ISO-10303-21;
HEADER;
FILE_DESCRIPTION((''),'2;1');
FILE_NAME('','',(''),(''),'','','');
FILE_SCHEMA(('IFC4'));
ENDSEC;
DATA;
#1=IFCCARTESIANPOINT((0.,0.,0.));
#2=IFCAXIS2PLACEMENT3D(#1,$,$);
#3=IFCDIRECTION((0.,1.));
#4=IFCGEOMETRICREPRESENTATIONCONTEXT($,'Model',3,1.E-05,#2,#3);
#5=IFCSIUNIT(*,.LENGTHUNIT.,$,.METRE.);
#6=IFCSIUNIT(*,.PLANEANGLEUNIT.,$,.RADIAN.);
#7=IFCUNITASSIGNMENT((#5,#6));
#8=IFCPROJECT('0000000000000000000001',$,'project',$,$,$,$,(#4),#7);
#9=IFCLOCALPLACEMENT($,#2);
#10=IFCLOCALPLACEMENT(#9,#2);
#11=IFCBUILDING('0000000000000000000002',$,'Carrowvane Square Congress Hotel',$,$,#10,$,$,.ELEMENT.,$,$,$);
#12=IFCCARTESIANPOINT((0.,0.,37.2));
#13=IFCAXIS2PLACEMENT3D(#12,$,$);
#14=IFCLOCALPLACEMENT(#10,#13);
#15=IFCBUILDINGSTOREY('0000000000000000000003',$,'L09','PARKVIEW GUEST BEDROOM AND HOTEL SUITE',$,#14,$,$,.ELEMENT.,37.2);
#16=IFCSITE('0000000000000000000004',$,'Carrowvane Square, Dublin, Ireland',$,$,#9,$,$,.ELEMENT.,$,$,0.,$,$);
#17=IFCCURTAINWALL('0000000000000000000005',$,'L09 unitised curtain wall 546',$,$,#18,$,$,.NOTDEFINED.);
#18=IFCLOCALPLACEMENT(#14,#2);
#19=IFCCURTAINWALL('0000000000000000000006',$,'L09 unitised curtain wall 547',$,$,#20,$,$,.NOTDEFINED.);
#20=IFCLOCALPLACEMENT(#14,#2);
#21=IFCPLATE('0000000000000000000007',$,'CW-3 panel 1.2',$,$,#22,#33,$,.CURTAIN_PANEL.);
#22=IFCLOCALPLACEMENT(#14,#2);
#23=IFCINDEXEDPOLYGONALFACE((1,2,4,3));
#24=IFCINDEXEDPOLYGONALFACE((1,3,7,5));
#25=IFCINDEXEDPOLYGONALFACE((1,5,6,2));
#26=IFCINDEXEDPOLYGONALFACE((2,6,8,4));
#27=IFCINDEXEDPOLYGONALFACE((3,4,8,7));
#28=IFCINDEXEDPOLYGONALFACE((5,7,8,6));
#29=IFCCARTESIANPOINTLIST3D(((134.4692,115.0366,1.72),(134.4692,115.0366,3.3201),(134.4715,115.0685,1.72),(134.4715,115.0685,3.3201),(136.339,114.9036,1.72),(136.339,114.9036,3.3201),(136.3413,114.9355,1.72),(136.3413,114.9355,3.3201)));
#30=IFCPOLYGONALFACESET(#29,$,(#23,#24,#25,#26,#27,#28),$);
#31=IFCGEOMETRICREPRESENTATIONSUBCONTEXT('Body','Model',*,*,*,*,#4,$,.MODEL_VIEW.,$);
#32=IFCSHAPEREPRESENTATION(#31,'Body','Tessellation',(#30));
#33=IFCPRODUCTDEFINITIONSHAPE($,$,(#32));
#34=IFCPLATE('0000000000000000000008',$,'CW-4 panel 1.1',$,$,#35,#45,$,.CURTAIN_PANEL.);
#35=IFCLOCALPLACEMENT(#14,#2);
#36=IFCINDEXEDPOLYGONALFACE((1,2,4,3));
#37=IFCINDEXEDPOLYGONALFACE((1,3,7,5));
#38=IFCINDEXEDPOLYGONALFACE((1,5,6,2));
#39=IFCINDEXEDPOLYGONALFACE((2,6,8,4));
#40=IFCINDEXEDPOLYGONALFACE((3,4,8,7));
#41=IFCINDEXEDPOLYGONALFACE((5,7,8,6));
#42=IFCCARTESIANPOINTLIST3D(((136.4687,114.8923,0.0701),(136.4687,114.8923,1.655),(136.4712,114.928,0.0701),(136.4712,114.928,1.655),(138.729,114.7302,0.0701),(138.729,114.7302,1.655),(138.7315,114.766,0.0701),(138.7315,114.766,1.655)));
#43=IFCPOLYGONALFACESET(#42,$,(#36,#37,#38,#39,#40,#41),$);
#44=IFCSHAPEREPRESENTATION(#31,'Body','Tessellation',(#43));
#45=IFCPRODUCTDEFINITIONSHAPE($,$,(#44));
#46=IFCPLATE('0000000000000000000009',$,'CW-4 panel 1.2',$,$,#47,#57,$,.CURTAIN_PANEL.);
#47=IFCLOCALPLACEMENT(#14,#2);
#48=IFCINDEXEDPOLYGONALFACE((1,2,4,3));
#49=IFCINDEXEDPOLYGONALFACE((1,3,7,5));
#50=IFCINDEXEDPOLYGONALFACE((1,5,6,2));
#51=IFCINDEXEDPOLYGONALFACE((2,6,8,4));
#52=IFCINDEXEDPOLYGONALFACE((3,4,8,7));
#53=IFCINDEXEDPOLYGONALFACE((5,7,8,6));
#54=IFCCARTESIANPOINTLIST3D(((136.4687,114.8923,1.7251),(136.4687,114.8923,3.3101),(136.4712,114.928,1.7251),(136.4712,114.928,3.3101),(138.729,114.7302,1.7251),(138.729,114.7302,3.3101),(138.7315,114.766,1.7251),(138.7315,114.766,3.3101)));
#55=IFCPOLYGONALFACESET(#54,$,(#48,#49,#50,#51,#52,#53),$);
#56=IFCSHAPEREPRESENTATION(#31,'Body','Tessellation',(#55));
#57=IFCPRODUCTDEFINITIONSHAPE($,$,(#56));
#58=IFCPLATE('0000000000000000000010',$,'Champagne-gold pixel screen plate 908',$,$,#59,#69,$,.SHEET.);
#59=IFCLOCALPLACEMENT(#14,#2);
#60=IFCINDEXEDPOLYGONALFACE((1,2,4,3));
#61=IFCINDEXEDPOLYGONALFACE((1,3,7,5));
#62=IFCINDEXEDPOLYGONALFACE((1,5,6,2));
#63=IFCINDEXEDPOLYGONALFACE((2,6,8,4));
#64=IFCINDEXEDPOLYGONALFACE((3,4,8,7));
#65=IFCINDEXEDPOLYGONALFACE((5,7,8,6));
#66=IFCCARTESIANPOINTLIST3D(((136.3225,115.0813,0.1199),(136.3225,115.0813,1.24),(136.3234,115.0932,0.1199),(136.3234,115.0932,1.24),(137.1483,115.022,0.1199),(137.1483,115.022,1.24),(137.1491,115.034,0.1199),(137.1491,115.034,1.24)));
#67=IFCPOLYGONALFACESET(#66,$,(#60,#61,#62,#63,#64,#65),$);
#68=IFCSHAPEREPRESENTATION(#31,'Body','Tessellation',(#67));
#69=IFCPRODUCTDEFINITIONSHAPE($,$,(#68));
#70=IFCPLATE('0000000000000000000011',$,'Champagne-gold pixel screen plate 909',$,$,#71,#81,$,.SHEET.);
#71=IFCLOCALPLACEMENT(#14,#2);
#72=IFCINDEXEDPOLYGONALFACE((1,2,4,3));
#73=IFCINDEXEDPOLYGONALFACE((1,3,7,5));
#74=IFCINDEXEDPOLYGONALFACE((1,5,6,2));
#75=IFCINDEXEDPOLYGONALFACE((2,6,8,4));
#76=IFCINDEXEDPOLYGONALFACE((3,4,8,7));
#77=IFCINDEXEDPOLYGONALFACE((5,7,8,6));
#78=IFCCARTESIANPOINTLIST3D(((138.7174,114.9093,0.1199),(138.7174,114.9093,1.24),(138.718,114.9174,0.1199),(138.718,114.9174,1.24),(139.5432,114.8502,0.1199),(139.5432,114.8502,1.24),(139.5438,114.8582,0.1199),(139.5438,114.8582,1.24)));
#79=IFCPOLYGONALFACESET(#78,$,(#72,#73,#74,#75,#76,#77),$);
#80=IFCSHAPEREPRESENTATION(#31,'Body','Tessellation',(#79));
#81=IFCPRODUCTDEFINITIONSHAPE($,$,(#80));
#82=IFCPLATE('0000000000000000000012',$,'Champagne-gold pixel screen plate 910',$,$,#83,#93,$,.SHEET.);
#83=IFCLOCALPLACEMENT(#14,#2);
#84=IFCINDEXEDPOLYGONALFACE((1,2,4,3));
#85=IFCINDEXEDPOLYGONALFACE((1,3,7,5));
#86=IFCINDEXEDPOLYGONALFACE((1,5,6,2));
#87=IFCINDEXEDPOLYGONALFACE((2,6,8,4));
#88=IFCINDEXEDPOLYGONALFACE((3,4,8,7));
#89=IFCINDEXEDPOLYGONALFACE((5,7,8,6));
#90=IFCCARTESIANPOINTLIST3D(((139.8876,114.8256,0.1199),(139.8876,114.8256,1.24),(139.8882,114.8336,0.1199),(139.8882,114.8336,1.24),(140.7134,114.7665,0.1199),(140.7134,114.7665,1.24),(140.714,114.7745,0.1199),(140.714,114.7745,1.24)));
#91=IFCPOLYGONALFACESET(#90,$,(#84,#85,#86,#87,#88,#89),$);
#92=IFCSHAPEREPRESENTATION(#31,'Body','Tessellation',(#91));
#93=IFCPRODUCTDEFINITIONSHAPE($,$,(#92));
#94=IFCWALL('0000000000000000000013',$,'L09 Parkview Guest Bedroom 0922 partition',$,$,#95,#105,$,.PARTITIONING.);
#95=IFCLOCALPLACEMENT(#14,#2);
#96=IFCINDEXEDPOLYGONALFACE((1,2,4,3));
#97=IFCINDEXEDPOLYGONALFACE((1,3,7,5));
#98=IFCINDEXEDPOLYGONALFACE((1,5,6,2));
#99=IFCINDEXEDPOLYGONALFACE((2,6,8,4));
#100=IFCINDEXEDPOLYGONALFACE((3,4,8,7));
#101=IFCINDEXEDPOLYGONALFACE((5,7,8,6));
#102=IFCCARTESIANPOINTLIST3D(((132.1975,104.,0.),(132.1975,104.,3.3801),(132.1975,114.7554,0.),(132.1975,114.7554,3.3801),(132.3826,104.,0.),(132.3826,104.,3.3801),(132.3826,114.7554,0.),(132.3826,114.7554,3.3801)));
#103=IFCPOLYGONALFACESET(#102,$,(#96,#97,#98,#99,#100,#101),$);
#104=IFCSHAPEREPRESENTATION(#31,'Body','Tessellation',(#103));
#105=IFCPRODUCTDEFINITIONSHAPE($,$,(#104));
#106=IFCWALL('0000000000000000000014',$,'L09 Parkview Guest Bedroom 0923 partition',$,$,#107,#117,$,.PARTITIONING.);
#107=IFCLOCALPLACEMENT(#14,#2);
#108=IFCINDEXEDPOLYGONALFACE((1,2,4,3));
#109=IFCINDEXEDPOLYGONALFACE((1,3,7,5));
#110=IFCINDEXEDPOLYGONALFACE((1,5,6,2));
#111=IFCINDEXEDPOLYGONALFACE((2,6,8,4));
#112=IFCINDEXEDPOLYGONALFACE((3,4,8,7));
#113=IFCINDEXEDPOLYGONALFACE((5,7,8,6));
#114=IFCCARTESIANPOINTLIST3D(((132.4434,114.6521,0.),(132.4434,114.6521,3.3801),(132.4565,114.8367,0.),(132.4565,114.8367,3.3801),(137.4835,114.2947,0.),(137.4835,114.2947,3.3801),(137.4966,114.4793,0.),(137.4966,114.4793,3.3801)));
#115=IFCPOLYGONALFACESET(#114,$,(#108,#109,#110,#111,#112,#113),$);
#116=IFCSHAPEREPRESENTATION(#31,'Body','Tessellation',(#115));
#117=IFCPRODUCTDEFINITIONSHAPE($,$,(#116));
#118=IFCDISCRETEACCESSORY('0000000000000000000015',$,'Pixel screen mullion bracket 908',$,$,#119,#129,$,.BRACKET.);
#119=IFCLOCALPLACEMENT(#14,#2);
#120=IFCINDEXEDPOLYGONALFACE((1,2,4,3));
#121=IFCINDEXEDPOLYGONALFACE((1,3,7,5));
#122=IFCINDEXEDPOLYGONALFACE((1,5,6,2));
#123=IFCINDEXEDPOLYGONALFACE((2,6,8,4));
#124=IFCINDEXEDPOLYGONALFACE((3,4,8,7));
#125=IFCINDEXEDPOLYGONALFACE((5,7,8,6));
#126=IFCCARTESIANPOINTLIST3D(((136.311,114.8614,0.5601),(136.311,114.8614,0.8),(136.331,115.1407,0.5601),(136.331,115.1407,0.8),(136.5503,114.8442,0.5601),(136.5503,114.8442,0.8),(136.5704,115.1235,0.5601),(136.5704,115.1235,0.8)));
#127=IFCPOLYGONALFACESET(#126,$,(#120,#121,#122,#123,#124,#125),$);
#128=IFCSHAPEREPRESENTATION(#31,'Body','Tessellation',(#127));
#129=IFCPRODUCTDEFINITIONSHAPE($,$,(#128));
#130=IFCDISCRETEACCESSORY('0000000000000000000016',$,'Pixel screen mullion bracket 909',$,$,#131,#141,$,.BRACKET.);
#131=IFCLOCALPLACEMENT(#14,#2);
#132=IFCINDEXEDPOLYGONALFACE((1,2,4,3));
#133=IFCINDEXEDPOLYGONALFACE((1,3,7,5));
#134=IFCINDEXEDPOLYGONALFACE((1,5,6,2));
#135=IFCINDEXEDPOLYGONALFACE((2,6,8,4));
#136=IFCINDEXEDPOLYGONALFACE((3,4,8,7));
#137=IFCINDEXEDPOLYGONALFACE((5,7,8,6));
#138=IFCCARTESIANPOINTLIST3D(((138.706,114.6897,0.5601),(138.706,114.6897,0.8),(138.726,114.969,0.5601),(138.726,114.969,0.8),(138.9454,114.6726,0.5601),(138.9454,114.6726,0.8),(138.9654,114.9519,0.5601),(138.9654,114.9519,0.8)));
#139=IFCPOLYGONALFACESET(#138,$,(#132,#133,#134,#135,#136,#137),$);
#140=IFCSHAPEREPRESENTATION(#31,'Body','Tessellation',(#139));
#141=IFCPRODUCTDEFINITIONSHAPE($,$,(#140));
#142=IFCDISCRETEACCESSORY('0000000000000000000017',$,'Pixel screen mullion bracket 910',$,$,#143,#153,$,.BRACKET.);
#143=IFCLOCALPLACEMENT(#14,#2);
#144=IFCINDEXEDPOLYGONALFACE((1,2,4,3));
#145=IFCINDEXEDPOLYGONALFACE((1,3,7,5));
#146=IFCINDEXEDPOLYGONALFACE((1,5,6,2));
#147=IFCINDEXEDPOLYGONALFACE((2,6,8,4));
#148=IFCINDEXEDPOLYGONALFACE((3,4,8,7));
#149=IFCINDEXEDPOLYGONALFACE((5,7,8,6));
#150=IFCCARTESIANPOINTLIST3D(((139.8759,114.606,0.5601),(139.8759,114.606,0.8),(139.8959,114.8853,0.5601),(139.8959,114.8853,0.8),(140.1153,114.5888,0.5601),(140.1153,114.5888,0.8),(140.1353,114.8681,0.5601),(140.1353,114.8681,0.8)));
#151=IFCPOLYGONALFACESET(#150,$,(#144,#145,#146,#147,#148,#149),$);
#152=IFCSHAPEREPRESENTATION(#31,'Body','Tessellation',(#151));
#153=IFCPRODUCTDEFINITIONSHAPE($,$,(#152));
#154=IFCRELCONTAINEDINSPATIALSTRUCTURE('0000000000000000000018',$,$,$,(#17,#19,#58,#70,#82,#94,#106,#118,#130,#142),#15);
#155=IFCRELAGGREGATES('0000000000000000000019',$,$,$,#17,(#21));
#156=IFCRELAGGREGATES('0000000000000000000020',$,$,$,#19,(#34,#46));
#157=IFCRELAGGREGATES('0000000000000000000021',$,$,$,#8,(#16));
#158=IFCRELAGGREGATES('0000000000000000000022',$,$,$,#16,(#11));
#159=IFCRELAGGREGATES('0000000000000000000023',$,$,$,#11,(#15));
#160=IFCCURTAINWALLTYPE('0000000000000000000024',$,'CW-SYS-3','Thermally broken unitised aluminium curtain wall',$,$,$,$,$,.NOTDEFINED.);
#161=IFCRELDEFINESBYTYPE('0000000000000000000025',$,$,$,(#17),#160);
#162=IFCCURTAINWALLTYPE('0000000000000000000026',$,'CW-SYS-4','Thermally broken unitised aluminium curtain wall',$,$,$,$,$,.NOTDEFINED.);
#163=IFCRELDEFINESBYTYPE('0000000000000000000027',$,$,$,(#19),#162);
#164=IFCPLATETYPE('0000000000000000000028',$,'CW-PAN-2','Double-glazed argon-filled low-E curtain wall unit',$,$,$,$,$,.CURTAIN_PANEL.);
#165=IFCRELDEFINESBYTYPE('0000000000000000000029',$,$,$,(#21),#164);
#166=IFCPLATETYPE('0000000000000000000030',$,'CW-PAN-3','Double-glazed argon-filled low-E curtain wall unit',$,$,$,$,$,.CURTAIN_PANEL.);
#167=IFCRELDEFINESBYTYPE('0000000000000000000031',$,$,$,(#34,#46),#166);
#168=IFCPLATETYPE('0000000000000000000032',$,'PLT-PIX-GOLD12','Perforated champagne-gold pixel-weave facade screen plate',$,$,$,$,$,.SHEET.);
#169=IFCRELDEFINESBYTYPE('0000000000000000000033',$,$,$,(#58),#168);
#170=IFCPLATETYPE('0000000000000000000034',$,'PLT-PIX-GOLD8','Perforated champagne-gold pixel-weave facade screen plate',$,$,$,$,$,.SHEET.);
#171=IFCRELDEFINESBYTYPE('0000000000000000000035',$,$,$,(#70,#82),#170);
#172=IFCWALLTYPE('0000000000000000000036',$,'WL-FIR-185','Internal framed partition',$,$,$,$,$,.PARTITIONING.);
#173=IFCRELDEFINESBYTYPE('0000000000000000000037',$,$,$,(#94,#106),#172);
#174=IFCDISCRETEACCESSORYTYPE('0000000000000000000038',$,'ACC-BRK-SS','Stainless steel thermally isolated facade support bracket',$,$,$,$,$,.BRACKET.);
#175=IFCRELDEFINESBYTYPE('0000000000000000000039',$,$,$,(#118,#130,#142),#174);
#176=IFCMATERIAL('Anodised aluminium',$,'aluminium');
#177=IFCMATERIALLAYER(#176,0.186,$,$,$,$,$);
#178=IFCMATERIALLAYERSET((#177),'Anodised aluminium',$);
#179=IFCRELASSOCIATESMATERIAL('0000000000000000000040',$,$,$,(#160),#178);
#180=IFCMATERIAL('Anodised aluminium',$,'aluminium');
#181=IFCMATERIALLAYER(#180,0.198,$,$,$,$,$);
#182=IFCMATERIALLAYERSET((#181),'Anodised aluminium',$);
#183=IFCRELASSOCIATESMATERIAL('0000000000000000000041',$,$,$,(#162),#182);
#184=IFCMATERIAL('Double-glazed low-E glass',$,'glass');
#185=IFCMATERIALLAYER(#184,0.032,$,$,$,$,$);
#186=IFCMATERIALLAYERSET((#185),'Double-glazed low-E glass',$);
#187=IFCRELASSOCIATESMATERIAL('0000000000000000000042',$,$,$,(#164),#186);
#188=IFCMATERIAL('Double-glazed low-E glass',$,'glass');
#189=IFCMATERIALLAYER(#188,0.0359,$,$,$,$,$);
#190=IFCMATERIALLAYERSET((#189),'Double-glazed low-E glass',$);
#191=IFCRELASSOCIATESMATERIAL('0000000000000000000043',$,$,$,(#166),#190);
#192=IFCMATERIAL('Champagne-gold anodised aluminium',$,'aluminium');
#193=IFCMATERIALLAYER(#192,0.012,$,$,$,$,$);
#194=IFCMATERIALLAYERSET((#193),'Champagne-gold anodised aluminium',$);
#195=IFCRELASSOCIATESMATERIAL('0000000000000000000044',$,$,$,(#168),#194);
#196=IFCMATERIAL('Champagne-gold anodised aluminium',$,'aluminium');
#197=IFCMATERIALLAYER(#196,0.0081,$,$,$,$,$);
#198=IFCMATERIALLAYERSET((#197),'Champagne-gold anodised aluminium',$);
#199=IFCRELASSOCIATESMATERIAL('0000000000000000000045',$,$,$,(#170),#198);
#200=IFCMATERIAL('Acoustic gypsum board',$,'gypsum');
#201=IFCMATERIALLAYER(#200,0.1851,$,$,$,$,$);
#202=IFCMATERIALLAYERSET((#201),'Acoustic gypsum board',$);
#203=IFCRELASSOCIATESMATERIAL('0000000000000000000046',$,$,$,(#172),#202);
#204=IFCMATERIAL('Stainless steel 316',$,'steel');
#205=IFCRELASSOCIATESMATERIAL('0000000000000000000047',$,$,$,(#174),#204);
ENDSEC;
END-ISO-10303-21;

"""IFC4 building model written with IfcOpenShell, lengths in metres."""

from ifc_helpers import new_model, si_unit, direction, frame, frame_2d, origin, origin_2d, place, context, subcontext, project, spatial, rectangle, extrude, material, layer, layer_set, type_object, element, aggregate, save


model = new_model("IFC4")

# Units and contexts
model_context = context("Model", 3, precision=1e-05, world=origin(), true_north=direction((0.0, 1.0)))
body_context = subcontext(model_context, "Body", "Model", "MODEL_VIEW")
ifc_project = project(units=[si_unit("LENGTHUNIT", "METRE"), si_unit("PLANEANGLEUNIT", "RADIAN")], contexts=[model_context])

# Site, building, storey
site_placement = place(None, origin())
site = spatial("IfcSite", under=ifc_project, at=site_placement, Name="Carrowvane Square, Dublin, Ireland", CompositionType="ELEMENT", RefElevation=0.0)
building_placement = place(site_placement, origin())
building = spatial("IfcBuilding", under=site, at=building_placement, Name="Carrowvane Square Congress Hotel", CompositionType="ELEMENT")
storey_placement = place(building_placement, frame((0.0, 0.0, 37.2)))
storey = spatial("IfcBuildingStorey", under=building, at=storey_placement, Name="L09", Description="PARKVIEW GUEST BEDROOM AND HOTEL SUITE", CompositionType="ELEMENT", Elevation=37.2)

# Curtain wall
ifc_material_1 = material(Name="Anodised aluminium", Category="aluminium")
ifc_layer_1 = layer(ifc_material_1, 0.186)
ifc_layer_set_1 = layer_set([ifc_layer_1], Name="Anodised aluminium")
curtain_wall_type_1 = type_object("IfcCurtainWallType", Name="CW-SYS-3", Description="Thermally broken unitised aluminium curtain wall", PredefinedType="NOTDEFINED", material=ifc_layer_set_1)
curtain_wall_1_placement = place(storey_placement, origin())
curtain_wall_1 = element("IfcCurtainWall", 1, at=curtain_wall_1_placement, inside=storey, type_object=curtain_wall_type_1, Name="L09 unitised curtain wall 546", PredefinedType="NOTDEFINED")

# Curtain wall
ifc_material_2 = material(Name="Anodised aluminium", Category="aluminium")
ifc_layer_2 = layer(ifc_material_2, 0.198)
ifc_layer_set_2 = layer_set([ifc_layer_2], Name="Anodised aluminium")
curtain_wall_type_2 = type_object("IfcCurtainWallType", Name="CW-SYS-4", Description="Thermally broken unitised aluminium curtain wall", PredefinedType="NOTDEFINED", material=ifc_layer_set_2)
curtain_wall_2_placement = place(storey_placement, origin())
curtain_wall_2 = element("IfcCurtainWall", 2, at=curtain_wall_2_placement, inside=storey, type_object=curtain_wall_type_2, Name="L09 unitised curtain wall 547", PredefinedType="NOTDEFINED")

# Plates
ifc_material_3 = material(Name="Double-glazed low-E glass", Category="glass")
ifc_layer_3 = layer(ifc_material_3, 0.032)
ifc_layer_set_3 = layer_set([ifc_layer_3], Name="Double-glazed low-E glass")
plate_type_1 = type_object("IfcPlateType", Name="CW-PAN-2", Description="Double-glazed argon-filled low-E curtain wall unit", PredefinedType="CURTAIN_PANEL", material=ifc_layer_set_3)
plate_1_placement = place(storey_placement, frame((135.4053, 114.9861, 1.72), z_axis=(0.0, 0.0, 1.0), x_axis=(0.997479, -0.07096, 0.0)))
plate_1 = element("IfcPlate", 3, at=plate_1_placement, type_object=plate_type_1, Name="CW-3 panel 1.2", PredefinedType="CURTAIN_PANEL", context=body_context, shape_type="SweptSolid", body=[
    extrude(rectangle(XDim=1.8745, YDim=0.032, at=origin_2d()), origin(), (0.0, 0.0, 1.0), 1.6001),
])
aggregate(curtain_wall_1, [plate_1])
ifc_material_4 = material(Name="Double-glazed low-E glass", Category="glass")
ifc_layer_4 = layer(ifc_material_4, 0.0359)
ifc_layer_set_4 = layer_set([ifc_layer_4], Name="Double-glazed low-E glass")
plate_type_2 = type_object("IfcPlateType", Name="CW-PAN-3", Description="Double-glazed argon-filled low-E curtain wall unit", PredefinedType="CURTAIN_PANEL", material=ifc_layer_set_4)
plate_2_placement = place(storey_placement, frame((137.6001, 114.8291, 0.0701), z_axis=(0.0, 0.0, 1.0), x_axis=(0.997438, -0.071532, 0.0)))
plate_2 = element("IfcPlate", 4, at=plate_2_placement, type_object=plate_type_2, Name="CW-4 panel 1.1", PredefinedType="CURTAIN_PANEL", context=body_context, shape_type="SweptSolid", body=[
    extrude(rectangle(XDim=2.2661, YDim=0.0359, at=origin_2d()), origin(), (0.0, 0.0, 1.0), 1.585),
])
plate_3_placement = place(storey_placement, frame((137.6001, 114.8291, 1.7251), z_axis=(0.0, 0.0, 1.0), x_axis=(0.997438, -0.071532, 0.0)))
plate_3 = element("IfcPlate", 5, at=plate_3_placement, type_object=plate_type_2, Name="CW-4 panel 1.2", PredefinedType="CURTAIN_PANEL", context=body_context, shape_type="SweptSolid", body=[
    extrude(rectangle(XDim=2.2661, YDim=0.0359, at=origin_2d()), origin(), (0.0, 0.0, 1.0), 1.585),
])
aggregate(curtain_wall_2, [plate_2, plate_3])

# Plates
ifc_material_5 = material(Name="Champagne-gold anodised aluminium", Category="aluminium")
ifc_layer_5 = layer(ifc_material_5, 0.012)
ifc_layer_set_5 = layer_set([ifc_layer_5], Name="Champagne-gold anodised aluminium")
plate_type_3 = type_object("IfcPlateType", Name="PLT-PIX-GOLD12", Description="Perforated champagne-gold pixel-weave facade screen plate", PredefinedType="SHEET", material=ifc_layer_set_5)
plate_4_placement = place(storey_placement, frame((136.7358, 115.0576, 0.1199), z_axis=(0.0, 0.0, 1.0), x_axis=(0.997438, -0.071533, 0.0)))
element("IfcPlate", 6, at=plate_4_placement, inside=storey, type_object=plate_type_3, Name="Champagne-gold pixel screen plate 908", PredefinedType="SHEET", context=body_context, shape_type="SweptSolid", body=[
    extrude(rectangle(XDim=0.8279, YDim=0.012, at=origin_2d()), origin(), (0.0, 0.0, 1.0), 1.1201),
])
ifc_material_6 = material(Name="Champagne-gold anodised aluminium", Category="aluminium")
ifc_layer_6 = layer(ifc_material_6, 0.0081)
ifc_layer_set_6 = layer_set([ifc_layer_6], Name="Champagne-gold anodised aluminium")
plate_type_4 = type_object("IfcPlateType", Name="PLT-PIX-GOLD8", Description="Perforated champagne-gold pixel-weave facade screen plate", PredefinedType="SHEET", material=ifc_layer_set_6)
for number, where, z_axis, x_axis, name in (
    (7, (139.1306, 114.8838, 0.1199), (0.0, 0.0, 1.0), (0.997446, -0.07142, 0.0), "Champagne-gold pixel screen plate 909"),
    (8, (140.3008, 114.8, 0.1199), (0.0, 0.0, 1.0), (0.997446, -0.07142, 0.0), "Champagne-gold pixel screen plate 910"),
):
    element("IfcPlate", number, at=place(storey_placement, frame(where, z_axis=z_axis, x_axis=x_axis)), inside=storey, type_object=plate_type_4, Name=name, PredefinedType="SHEET", context=body_context, shape_type="SweptSolid", body=[
        extrude(rectangle(XDim=0.8279, YDim=0.0081, at=origin_2d()), origin(), (0.0, 0.0, 1.0), 1.1201),
    ])

# Walls
ifc_material_7 = material(Name="Acoustic gypsum board", Category="gypsum")
ifc_layer_7 = layer(ifc_material_7, 0.1851)
ifc_layer_set_7 = layer_set([ifc_layer_7], Name="Acoustic gypsum board")
wall_type = type_object("IfcWallType", Name="WL-FIR-185", Description="Internal framed partition", PredefinedType="PARTITIONING", material=ifc_layer_set_7)
wall_1_placement = place(storey_placement, frame((132.29, 114.7554, 0.0), z_axis=(0.0, 0.0, 1.0), x_axis=(0.0, -1.0, 0.0)))
element("IfcWall", 9, at=wall_1_placement, inside=storey, type_object=wall_type, Name="L09 Parkview Guest Bedroom 0922 partition", PredefinedType="PARTITIONING", context=body_context, shape_type="SweptSolid", body=[
    extrude(rectangle(XDim=10.7554, YDim=0.1851, at=frame_2d((5.3777, 0.0))), origin(), (0.0, 0.0, 1.0), 3.3801),
])
wall_2_placement = place(storey_placement, frame((132.45, 114.7444, 0.0), z_axis=(0.0, 0.0, 1.0), x_axis=(0.997495, -0.070739, 0.0)))
element("IfcWall", 10, at=wall_2_placement, inside=storey, type_object=wall_type, Name="L09 Parkview Guest Bedroom 0923 partition", PredefinedType="PARTITIONING", context=body_context, shape_type="SweptSolid", body=[
    extrude(rectangle(XDim=5.0527, YDim=0.1851, at=frame_2d((2.5264, 0.0))), origin(), (0.0, 0.0, 1.0), 3.3801),
])

# Discrete accessories
ifc_material_8 = material(Name="Stainless steel 316", Category="steel")
discrete_accessory_type = type_object("IfcDiscreteAccessoryType", Name="ACC-BRK-SS", Description="Stainless steel thermally isolated facade support bracket", PredefinedType="BRACKET", material=ifc_material_8)
for number, where, z_axis, x_axis, name in (
    (11, (136.4407, 114.9924, 0.5601), (0.0, 0.0, 1.0), (0.997438, -0.071533, 0.0), "Pixel screen mullion bracket 908"),
    (12, (138.8357, 114.8208, 0.5601), (0.0, 0.0, 1.0), (0.997446, -0.07142, 0.0), "Pixel screen mullion bracket 909"),
    (13, (140.0056, 114.7371, 0.5601), (0.0, 0.0, 1.0), (0.997446, -0.07142, 0.0), "Pixel screen mullion bracket 910"),
):
    element("IfcDiscreteAccessory", number, at=place(storey_placement, frame(where, z_axis=z_axis, x_axis=x_axis)), inside=storey, type_object=discrete_accessory_type, Name=name, PredefinedType="BRACKET", context=body_context, shape_type="SweptSolid", body=[
        extrude(rectangle(XDim=0.24, YDim=0.28, at=origin_2d()), origin(), (0.0, 0.0, 1.0), 0.24),
    ])

save(model, "model.ifc")
